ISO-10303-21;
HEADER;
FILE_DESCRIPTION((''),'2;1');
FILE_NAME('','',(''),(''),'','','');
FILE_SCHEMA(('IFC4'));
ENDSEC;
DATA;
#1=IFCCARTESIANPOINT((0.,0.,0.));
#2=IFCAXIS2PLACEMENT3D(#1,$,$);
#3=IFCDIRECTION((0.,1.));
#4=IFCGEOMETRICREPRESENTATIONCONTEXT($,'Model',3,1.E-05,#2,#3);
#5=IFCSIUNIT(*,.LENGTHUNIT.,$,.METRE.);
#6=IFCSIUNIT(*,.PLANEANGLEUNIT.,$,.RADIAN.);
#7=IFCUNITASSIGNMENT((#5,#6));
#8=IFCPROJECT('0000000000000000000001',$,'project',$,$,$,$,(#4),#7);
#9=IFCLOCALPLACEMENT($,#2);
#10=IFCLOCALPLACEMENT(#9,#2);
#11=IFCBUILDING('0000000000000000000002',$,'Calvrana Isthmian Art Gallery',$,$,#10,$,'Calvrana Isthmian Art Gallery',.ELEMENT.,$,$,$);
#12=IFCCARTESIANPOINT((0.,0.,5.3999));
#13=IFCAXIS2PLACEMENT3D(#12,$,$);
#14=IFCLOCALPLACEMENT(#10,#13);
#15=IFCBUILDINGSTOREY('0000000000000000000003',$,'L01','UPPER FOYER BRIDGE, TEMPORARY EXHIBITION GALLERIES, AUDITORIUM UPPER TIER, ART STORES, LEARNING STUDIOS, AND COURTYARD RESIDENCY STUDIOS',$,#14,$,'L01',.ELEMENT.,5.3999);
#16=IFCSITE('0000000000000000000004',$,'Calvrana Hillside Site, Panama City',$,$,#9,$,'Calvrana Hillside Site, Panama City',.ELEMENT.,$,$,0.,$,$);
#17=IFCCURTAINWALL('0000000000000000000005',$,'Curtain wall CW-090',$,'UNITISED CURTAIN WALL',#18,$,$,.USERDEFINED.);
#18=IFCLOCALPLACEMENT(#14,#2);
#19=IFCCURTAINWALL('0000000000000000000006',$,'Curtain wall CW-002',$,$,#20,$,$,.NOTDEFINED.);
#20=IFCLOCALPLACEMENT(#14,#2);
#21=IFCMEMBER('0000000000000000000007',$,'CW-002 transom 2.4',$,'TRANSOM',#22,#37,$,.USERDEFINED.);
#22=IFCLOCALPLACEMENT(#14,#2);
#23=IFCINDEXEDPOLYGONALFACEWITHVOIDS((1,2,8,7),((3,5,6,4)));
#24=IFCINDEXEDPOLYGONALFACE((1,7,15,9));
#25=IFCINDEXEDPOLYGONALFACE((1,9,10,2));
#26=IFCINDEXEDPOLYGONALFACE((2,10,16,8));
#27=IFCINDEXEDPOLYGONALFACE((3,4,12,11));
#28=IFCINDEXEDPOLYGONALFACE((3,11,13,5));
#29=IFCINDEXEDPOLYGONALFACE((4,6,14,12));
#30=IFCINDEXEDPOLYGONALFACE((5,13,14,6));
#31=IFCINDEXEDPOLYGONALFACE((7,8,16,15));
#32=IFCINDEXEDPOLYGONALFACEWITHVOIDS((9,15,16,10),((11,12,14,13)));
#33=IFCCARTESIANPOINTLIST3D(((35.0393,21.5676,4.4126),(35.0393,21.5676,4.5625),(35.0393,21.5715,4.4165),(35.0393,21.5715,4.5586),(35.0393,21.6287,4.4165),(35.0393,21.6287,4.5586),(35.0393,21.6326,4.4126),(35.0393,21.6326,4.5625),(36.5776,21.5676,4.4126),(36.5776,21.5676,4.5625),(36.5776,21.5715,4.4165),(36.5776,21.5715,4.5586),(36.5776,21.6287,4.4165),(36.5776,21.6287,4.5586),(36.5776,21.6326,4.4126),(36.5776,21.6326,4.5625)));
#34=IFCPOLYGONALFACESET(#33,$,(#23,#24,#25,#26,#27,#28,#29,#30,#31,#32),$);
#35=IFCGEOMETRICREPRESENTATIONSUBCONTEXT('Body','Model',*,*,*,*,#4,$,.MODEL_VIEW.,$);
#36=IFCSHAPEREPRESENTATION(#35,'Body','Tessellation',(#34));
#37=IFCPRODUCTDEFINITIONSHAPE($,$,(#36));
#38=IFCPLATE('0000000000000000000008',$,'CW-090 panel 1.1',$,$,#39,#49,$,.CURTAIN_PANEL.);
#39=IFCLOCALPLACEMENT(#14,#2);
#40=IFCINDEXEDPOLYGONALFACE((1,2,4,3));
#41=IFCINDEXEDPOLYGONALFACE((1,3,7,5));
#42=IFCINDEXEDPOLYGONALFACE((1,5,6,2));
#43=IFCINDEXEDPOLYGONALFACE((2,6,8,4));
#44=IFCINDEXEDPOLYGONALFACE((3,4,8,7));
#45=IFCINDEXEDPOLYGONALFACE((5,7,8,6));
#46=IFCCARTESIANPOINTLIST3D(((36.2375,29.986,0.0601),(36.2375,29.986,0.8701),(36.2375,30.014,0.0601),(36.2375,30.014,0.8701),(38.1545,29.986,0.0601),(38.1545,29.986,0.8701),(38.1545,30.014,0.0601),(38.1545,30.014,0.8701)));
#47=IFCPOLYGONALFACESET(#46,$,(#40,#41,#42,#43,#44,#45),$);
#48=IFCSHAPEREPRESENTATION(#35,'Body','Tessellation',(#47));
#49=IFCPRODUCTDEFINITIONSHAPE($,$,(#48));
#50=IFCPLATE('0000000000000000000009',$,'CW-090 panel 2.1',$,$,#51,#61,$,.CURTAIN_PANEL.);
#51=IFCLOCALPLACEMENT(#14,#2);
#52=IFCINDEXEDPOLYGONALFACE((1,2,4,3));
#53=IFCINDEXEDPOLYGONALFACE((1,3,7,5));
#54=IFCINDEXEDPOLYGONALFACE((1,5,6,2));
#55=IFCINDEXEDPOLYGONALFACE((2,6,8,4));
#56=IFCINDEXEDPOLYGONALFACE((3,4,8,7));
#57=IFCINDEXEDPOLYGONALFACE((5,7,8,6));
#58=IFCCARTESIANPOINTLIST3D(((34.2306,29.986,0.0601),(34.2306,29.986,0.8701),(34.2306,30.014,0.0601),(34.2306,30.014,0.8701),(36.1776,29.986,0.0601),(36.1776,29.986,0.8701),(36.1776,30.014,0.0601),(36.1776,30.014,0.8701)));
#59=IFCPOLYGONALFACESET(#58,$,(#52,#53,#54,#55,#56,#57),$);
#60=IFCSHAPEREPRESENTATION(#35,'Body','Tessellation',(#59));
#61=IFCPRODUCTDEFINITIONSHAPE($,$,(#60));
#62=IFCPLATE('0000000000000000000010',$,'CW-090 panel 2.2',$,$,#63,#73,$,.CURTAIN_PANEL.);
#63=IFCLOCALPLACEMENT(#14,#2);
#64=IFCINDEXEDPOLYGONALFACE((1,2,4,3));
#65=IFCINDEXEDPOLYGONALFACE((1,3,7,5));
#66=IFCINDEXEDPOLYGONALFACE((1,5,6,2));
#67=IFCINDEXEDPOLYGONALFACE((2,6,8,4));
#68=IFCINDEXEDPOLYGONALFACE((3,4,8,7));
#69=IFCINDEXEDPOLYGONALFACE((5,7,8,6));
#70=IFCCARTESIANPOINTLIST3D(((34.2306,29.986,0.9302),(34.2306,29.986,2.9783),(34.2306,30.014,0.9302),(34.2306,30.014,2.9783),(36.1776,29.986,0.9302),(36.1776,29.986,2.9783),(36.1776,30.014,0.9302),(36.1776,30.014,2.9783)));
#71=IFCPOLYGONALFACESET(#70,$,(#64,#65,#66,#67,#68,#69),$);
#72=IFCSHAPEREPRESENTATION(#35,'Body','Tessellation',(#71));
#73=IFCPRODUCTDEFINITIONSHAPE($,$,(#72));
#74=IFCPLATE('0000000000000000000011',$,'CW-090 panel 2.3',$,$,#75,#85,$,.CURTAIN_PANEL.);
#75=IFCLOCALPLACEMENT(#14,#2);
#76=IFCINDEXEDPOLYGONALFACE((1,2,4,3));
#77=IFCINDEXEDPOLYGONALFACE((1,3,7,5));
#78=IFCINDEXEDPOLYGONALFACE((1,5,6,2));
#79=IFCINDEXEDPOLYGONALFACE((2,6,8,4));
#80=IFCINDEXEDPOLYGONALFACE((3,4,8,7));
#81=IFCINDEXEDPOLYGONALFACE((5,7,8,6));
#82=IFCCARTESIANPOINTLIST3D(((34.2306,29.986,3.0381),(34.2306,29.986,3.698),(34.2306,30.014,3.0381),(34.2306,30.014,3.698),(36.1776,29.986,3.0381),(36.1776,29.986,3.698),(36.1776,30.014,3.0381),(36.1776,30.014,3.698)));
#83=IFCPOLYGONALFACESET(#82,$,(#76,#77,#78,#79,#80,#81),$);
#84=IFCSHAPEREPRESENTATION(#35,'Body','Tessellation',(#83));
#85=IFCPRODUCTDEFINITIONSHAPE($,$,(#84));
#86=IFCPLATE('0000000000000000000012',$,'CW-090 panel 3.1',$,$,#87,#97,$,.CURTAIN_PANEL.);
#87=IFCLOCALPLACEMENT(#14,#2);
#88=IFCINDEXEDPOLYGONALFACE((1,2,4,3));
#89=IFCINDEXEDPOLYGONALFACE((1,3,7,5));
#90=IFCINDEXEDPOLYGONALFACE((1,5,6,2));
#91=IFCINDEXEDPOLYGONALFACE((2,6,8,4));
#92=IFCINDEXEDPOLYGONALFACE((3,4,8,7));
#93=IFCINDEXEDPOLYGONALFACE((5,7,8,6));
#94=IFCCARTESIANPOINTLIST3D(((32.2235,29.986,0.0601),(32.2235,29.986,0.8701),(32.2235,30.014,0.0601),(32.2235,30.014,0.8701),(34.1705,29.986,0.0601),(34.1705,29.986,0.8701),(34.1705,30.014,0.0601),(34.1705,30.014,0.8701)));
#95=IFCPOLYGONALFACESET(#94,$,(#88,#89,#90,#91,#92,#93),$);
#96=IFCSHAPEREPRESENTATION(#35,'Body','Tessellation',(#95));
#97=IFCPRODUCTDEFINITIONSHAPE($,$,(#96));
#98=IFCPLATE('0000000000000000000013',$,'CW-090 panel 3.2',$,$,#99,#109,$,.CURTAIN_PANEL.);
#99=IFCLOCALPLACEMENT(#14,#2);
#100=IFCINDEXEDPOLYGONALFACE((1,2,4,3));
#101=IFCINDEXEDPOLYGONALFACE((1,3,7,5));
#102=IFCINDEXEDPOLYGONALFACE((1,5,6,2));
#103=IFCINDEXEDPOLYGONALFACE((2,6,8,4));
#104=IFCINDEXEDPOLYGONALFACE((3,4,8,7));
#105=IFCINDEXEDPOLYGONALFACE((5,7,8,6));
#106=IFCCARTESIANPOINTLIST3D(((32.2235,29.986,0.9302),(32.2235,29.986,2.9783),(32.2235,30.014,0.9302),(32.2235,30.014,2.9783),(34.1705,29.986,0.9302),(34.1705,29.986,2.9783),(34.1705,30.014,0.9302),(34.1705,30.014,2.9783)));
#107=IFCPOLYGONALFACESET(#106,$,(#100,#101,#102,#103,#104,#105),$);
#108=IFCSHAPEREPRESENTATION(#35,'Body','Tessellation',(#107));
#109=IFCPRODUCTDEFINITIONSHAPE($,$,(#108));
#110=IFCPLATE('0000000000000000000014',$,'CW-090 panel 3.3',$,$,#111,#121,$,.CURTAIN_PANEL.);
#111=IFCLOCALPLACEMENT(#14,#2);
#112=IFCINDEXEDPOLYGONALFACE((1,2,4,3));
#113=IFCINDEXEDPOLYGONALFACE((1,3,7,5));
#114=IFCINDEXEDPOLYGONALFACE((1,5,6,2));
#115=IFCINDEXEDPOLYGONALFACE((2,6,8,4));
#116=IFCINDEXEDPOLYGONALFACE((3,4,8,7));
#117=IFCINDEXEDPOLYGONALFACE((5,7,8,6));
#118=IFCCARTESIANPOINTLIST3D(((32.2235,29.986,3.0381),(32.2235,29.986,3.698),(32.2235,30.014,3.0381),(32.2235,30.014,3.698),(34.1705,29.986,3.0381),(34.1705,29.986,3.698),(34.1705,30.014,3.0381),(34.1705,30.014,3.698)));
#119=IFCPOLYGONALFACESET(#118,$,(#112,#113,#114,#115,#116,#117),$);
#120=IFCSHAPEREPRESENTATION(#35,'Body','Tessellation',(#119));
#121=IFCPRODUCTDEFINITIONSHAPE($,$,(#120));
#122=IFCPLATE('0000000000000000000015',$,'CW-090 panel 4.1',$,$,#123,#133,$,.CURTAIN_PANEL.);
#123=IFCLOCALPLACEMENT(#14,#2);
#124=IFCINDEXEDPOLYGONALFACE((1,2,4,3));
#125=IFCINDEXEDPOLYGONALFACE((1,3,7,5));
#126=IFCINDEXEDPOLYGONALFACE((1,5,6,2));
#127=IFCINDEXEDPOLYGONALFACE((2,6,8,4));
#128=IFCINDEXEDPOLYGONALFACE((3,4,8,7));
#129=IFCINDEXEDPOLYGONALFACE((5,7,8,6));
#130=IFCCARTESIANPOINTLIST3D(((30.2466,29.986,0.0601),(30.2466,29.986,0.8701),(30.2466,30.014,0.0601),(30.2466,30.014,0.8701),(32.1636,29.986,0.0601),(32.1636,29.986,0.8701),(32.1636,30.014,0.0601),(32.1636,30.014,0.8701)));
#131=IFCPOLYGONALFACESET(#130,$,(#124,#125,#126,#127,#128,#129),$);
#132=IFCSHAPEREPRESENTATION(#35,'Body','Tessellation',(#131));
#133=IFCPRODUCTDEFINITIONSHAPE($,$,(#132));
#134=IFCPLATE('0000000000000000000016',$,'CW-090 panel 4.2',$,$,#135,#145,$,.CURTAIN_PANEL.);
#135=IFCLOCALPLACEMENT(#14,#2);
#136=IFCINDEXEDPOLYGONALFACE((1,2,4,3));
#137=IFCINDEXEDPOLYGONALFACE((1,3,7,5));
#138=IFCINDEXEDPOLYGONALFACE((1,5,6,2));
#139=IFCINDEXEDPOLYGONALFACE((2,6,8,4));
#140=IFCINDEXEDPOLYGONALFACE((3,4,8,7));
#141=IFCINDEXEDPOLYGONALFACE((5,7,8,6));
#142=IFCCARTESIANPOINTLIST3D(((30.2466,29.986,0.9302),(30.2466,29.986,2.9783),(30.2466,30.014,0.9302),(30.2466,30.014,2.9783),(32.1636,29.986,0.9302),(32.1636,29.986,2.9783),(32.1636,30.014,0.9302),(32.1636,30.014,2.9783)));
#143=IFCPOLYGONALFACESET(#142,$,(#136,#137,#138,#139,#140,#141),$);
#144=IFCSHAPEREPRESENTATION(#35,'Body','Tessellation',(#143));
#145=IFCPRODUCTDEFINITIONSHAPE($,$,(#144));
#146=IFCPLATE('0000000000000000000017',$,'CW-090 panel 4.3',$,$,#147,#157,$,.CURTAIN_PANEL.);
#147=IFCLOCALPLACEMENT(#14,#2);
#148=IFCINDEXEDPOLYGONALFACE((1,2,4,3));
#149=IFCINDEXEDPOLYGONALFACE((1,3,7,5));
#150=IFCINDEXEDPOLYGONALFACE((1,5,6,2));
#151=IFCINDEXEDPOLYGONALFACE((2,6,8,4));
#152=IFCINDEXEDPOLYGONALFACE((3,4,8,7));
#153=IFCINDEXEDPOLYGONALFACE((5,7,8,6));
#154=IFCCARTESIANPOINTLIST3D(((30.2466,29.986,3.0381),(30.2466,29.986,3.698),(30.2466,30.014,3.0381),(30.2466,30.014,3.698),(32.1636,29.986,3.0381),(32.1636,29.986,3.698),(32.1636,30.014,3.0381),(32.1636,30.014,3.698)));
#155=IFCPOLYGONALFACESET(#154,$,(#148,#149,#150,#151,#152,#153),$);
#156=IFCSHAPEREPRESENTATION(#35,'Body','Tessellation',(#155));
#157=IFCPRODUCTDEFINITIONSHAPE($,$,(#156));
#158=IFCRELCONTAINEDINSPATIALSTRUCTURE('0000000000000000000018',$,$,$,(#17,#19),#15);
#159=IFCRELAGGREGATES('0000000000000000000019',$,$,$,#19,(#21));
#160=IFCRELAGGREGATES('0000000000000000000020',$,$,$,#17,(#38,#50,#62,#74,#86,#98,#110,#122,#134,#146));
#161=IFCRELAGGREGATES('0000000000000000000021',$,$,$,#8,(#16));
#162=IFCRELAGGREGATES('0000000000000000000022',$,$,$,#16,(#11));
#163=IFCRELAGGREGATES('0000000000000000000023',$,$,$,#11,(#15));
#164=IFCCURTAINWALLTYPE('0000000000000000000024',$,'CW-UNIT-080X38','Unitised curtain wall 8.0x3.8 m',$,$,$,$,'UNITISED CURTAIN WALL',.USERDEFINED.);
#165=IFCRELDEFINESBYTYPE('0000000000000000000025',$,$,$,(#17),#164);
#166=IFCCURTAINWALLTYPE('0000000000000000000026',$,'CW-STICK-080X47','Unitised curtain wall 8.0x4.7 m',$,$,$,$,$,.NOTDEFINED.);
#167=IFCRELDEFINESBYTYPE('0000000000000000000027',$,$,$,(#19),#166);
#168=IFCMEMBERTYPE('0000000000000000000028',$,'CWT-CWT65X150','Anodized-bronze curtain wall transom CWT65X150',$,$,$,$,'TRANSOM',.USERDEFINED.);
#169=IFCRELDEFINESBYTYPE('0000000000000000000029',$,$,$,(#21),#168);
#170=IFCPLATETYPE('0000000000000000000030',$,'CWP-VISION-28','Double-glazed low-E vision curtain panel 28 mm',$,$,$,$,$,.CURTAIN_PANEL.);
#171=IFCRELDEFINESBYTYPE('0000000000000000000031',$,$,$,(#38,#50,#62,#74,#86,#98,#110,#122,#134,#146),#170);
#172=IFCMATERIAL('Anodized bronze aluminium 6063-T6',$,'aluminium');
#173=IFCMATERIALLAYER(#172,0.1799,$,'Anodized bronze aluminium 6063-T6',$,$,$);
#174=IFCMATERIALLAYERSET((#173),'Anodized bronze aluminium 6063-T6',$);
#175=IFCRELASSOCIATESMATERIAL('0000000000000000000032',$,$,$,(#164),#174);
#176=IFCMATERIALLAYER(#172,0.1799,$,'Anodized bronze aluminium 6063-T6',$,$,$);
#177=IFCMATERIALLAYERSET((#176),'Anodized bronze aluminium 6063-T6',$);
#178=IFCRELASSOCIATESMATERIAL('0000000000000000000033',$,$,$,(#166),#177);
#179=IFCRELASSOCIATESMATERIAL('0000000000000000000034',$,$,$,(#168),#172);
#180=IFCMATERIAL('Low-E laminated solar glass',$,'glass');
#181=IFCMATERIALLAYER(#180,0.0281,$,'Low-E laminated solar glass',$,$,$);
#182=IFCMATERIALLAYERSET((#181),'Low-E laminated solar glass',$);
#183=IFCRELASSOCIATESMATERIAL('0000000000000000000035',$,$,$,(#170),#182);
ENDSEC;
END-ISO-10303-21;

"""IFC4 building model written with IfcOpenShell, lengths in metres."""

from ifc_helpers import new_model, si_unit, direction, frame, origin, origin_2d, place, context, subcontext, project, spatial, rectangle, hollow_rectangle, extrude, material, layer, layer_set, material_profile, profile_set, type_object, element, aggregate, save


model = new_model("IFC4")

# Units and contexts
model_context = context("Model", 3, precision=1e-05, world=origin(), true_north=direction((0.0, 1.0)))
body_context = subcontext(model_context, "Body", "Model", "MODEL_VIEW")
ifc_project = project(units=[si_unit("LENGTHUNIT", "METRE"), si_unit("PLANEANGLEUNIT", "RADIAN")], contexts=[model_context])

# Site, building, storey
site_placement = place(None, origin())
site = spatial("IfcSite", under=ifc_project, at=site_placement, Name="Calvrana Hillside Site, Panama City", LongName="Calvrana Hillside Site, Panama City", CompositionType="ELEMENT", RefElevation=0.0)
building_placement = place(site_placement, origin())
building = spatial("IfcBuilding", under=site, at=building_placement, Name="Calvrana Isthmian Art Gallery", LongName="Calvrana Isthmian Art Gallery", CompositionType="ELEMENT")
storey_placement = place(building_placement, frame((0.0, 0.0, 5.3999)))
storey = spatial("IfcBuildingStorey", under=building, at=storey_placement, Name="L01", Description="UPPER FOYER BRIDGE, TEMPORARY EXHIBITION GALLERIES, AUDITORIUM UPPER TIER, ART STORES, LEARNING STUDIOS, AND COURTYARD RESIDENCY STUDIOS", LongName="L01", CompositionType="ELEMENT", Elevation=5.3999)

# Curtain wall
ifc_material_1 = material(Name="Anodized bronze aluminium 6063-T6", Category="aluminium")
ifc_layer_1 = layer(ifc_material_1, 0.1799, Name="Anodized bronze aluminium 6063-T6")
ifc_layer_set_1 = layer_set([ifc_layer_1], Name="Anodized bronze aluminium 6063-T6")
curtain_wall_type_1 = type_object("IfcCurtainWallType", Name="CW-UNIT-080X38", Description="Unitised curtain wall 8.0x3.8 m", ElementType="UNITISED CURTAIN WALL", PredefinedType="USERDEFINED", material=ifc_layer_set_1)
curtain_wall_1_placement = place(storey_placement, origin())
curtain_wall_1 = element("IfcCurtainWall", 1, at=curtain_wall_1_placement, inside=storey, type_object=curtain_wall_type_1, Name="Curtain wall CW-090", ObjectType="UNITISED CURTAIN WALL", PredefinedType="USERDEFINED")

# Curtain wall
ifc_layer_2 = layer(ifc_material_1, 0.1799, Name="Anodized bronze aluminium 6063-T6")
ifc_layer_set_2 = layer_set([ifc_layer_2], Name="Anodized bronze aluminium 6063-T6")
curtain_wall_type_2 = type_object("IfcCurtainWallType", Name="CW-STICK-080X47", Description="Unitised curtain wall 8.0x4.7 m", PredefinedType="NOTDEFINED", material=ifc_layer_set_2)
curtain_wall_2_placement = place(storey_placement, origin())
curtain_wall_2 = element("IfcCurtainWall", 2, at=curtain_wall_2_placement, inside=storey, type_object=curtain_wall_type_2, Name="Curtain wall CW-002", PredefinedType="NOTDEFINED")

# Member
ifc_material_profile_1 = material_profile(ifc_material_1, hollow_rectangle(XDim=0.0649, YDim=0.1499, WallThickness=0.0039, at=origin_2d()), Name="CWT65X150")
ifc_profile_set_1 = profile_set([ifc_material_profile_1], Name="Anodized bronze aluminium 6063-T6")
member_type_1 = type_object("IfcMemberType", Name="CWT-CWT65X150", Description="Anodized-bronze curtain wall transom CWT65X150", ElementType="TRANSOM", PredefinedType="USERDEFINED", material=ifc_profile_set_1)
member_1_placement = place(storey_placement, frame((36.5776, 21.6001, 4.4875), z_axis=(-1.0, 0.0, 0.0), x_axis=(0.0, -1.0, 0.0)))
member_1 = element("IfcMember", 3, at=member_1_placement, type_object=member_type_1, Name="CW-002 transom 2.4", ObjectType="TRANSOM", PredefinedType="USERDEFINED", context=body_context, shape_type="SweptSolid", body=[
    extrude(hollow_rectangle(XDim=0.0649, YDim=0.1499, WallThickness=0.0039, at=origin_2d()), origin(), (0.0, 0.0, 1.0), 1.5383),
])
aggregate(curtain_wall_2, [member_1])

# Plates
ifc_material_2 = material(Name="Low-E laminated solar glass", Category="glass")
ifc_layer_3 = layer(ifc_material_2, 0.0281, Name="Low-E laminated solar glass")
ifc_layer_set_3 = layer_set([ifc_layer_3], Name="Low-E laminated solar glass")
plate_type = type_object("IfcPlateType", Name="CWP-VISION-28", Description="Double-glazed low-E vision curtain panel 28 mm", PredefinedType="CURTAIN_PANEL", material=ifc_layer_set_3)
plate_1_placement = place(storey_placement, frame((37.196, 30.0, 0.0601), z_axis=(0.0, 0.0, 1.0), x_axis=(-1.0, 0.0, 0.0)))
plate_1 = element("IfcPlate", 4, at=plate_1_placement, type_object=plate_type, Name="CW-090 panel 1.1", PredefinedType="CURTAIN_PANEL", context=body_context, shape_type="SweptSolid", body=[
    extrude(rectangle(XDim=1.917, YDim=0.0281, at=origin_2d()), origin(), (0.0, 0.0, 1.0), 0.8101),
])
plate_2_placement = place(storey_placement, frame((35.2041, 30.0, 0.0601), z_axis=(0.0, 0.0, 1.0), x_axis=(-1.0, 0.0, 0.0)))
plate_2 = element("IfcPlate", 5, at=plate_2_placement, type_object=plate_type, Name="CW-090 panel 2.1", PredefinedType="CURTAIN_PANEL", context=body_context, shape_type="SweptSolid", body=[
    extrude(rectangle(XDim=1.947, YDim=0.0281, at=origin_2d()), origin(), (0.0, 0.0, 1.0), 0.8101),
])
plate_3_placement = place(storey_placement, frame((35.2041, 30.0, 0.9302), z_axis=(0.0, 0.0, 1.0), x_axis=(-1.0, 0.0, 0.0)))
plate_3 = element("IfcPlate", 6, at=plate_3_placement, type_object=plate_type, Name="CW-090 panel 2.2", PredefinedType="CURTAIN_PANEL", context=body_context, shape_type="SweptSolid", body=[
    extrude(rectangle(XDim=1.947, YDim=0.0281, at=origin_2d()), origin(), (0.0, 0.0, 1.0), 2.0481),
])
plate_4_placement = place(storey_placement, frame((35.2041, 30.0, 3.0381), z_axis=(0.0, 0.0, 1.0), x_axis=(-1.0, 0.0, 0.0)))
plate_4 = element("IfcPlate", 7, at=plate_4_placement, type_object=plate_type, Name="CW-090 panel 2.3", PredefinedType="CURTAIN_PANEL", context=body_context, shape_type="SweptSolid", body=[
    extrude(rectangle(XDim=1.947, YDim=0.0281, at=origin_2d()), origin(), (0.0, 0.0, 1.0), 0.6599),
])
plate_5_placement = place(storey_placement, frame((33.197, 30.0, 0.0601), z_axis=(0.0, 0.0, 1.0), x_axis=(-1.0, 0.0, 0.0)))
plate_5 = element("IfcPlate", 8, at=plate_5_placement, type_object=plate_type, Name="CW-090 panel 3.1", PredefinedType="CURTAIN_PANEL", context=body_context, shape_type="SweptSolid", body=[
    extrude(rectangle(XDim=1.947, YDim=0.0281, at=origin_2d()), origin(), (0.0, 0.0, 1.0), 0.8101),
])
plate_6_placement = place(storey_placement, frame((33.197, 30.0, 0.9302), z_axis=(0.0, 0.0, 1.0), x_axis=(-1.0, 0.0, 0.0)))
plate_6 = element("IfcPlate", 9, at=plate_6_placement, type_object=plate_type, Name="CW-090 panel 3.2", PredefinedType="CURTAIN_PANEL", context=body_context, shape_type="SweptSolid", body=[
    extrude(rectangle(XDim=1.947, YDim=0.0281, at=origin_2d()), origin(), (0.0, 0.0, 1.0), 2.0481),
])
plate_7_placement = place(storey_placement, frame((33.197, 30.0, 3.0381), z_axis=(0.0, 0.0, 1.0), x_axis=(-1.0, 0.0, 0.0)))
plate_7 = element("IfcPlate", 10, at=plate_7_placement, type_object=plate_type, Name="CW-090 panel 3.3", PredefinedType="CURTAIN_PANEL", context=body_context, shape_type="SweptSolid", body=[
    extrude(rectangle(XDim=1.947, YDim=0.0281, at=origin_2d()), origin(), (0.0, 0.0, 1.0), 0.6599),
])
plate_8_placement = place(storey_placement, frame((31.2051, 30.0, 0.0601), z_axis=(0.0, 0.0, 1.0), x_axis=(-1.0, 0.0, 0.0)))
plate_8 = element("IfcPlate", 11, at=plate_8_placement, type_object=plate_type, Name="CW-090 panel 4.1", PredefinedType="CURTAIN_PANEL", context=body_context, shape_type="SweptSolid", body=[
    extrude(rectangle(XDim=1.917, YDim=0.0281, at=origin_2d()), origin(), (0.0, 0.0, 1.0), 0.8101),
])
plate_9_placement = place(storey_placement, frame((31.2051, 30.0, 0.9302), z_axis=(0.0, 0.0, 1.0), x_axis=(-1.0, 0.0, 0.0)))
plate_9 = element("IfcPlate", 12, at=plate_9_placement, type_object=plate_type, Name="CW-090 panel 4.2", PredefinedType="CURTAIN_PANEL", context=body_context, shape_type="SweptSolid", body=[
    extrude(rectangle(XDim=1.917, YDim=0.0281, at=origin_2d()), origin(), (0.0, 0.0, 1.0), 2.0481),
])
plate_10_placement = place(storey_placement, frame((31.2051, 30.0, 3.0381), z_axis=(0.0, 0.0, 1.0), x_axis=(-1.0, 0.0, 0.0)))
plate_10 = element("IfcPlate", 13, at=plate_10_placement, type_object=plate_type, Name="CW-090 panel 4.3", PredefinedType="CURTAIN_PANEL", context=body_context, shape_type="SweptSolid", body=[
    extrude(rectangle(XDim=1.917, YDim=0.0281, at=origin_2d()), origin(), (0.0, 0.0, 1.0), 0.6599),
])
aggregate(curtain_wall_1, [plate_1, plate_2, plate_3, plate_4, plate_5, plate_6, plate_7, plate_8, plate_9, plate_10])

save(model, "model.ifc")
